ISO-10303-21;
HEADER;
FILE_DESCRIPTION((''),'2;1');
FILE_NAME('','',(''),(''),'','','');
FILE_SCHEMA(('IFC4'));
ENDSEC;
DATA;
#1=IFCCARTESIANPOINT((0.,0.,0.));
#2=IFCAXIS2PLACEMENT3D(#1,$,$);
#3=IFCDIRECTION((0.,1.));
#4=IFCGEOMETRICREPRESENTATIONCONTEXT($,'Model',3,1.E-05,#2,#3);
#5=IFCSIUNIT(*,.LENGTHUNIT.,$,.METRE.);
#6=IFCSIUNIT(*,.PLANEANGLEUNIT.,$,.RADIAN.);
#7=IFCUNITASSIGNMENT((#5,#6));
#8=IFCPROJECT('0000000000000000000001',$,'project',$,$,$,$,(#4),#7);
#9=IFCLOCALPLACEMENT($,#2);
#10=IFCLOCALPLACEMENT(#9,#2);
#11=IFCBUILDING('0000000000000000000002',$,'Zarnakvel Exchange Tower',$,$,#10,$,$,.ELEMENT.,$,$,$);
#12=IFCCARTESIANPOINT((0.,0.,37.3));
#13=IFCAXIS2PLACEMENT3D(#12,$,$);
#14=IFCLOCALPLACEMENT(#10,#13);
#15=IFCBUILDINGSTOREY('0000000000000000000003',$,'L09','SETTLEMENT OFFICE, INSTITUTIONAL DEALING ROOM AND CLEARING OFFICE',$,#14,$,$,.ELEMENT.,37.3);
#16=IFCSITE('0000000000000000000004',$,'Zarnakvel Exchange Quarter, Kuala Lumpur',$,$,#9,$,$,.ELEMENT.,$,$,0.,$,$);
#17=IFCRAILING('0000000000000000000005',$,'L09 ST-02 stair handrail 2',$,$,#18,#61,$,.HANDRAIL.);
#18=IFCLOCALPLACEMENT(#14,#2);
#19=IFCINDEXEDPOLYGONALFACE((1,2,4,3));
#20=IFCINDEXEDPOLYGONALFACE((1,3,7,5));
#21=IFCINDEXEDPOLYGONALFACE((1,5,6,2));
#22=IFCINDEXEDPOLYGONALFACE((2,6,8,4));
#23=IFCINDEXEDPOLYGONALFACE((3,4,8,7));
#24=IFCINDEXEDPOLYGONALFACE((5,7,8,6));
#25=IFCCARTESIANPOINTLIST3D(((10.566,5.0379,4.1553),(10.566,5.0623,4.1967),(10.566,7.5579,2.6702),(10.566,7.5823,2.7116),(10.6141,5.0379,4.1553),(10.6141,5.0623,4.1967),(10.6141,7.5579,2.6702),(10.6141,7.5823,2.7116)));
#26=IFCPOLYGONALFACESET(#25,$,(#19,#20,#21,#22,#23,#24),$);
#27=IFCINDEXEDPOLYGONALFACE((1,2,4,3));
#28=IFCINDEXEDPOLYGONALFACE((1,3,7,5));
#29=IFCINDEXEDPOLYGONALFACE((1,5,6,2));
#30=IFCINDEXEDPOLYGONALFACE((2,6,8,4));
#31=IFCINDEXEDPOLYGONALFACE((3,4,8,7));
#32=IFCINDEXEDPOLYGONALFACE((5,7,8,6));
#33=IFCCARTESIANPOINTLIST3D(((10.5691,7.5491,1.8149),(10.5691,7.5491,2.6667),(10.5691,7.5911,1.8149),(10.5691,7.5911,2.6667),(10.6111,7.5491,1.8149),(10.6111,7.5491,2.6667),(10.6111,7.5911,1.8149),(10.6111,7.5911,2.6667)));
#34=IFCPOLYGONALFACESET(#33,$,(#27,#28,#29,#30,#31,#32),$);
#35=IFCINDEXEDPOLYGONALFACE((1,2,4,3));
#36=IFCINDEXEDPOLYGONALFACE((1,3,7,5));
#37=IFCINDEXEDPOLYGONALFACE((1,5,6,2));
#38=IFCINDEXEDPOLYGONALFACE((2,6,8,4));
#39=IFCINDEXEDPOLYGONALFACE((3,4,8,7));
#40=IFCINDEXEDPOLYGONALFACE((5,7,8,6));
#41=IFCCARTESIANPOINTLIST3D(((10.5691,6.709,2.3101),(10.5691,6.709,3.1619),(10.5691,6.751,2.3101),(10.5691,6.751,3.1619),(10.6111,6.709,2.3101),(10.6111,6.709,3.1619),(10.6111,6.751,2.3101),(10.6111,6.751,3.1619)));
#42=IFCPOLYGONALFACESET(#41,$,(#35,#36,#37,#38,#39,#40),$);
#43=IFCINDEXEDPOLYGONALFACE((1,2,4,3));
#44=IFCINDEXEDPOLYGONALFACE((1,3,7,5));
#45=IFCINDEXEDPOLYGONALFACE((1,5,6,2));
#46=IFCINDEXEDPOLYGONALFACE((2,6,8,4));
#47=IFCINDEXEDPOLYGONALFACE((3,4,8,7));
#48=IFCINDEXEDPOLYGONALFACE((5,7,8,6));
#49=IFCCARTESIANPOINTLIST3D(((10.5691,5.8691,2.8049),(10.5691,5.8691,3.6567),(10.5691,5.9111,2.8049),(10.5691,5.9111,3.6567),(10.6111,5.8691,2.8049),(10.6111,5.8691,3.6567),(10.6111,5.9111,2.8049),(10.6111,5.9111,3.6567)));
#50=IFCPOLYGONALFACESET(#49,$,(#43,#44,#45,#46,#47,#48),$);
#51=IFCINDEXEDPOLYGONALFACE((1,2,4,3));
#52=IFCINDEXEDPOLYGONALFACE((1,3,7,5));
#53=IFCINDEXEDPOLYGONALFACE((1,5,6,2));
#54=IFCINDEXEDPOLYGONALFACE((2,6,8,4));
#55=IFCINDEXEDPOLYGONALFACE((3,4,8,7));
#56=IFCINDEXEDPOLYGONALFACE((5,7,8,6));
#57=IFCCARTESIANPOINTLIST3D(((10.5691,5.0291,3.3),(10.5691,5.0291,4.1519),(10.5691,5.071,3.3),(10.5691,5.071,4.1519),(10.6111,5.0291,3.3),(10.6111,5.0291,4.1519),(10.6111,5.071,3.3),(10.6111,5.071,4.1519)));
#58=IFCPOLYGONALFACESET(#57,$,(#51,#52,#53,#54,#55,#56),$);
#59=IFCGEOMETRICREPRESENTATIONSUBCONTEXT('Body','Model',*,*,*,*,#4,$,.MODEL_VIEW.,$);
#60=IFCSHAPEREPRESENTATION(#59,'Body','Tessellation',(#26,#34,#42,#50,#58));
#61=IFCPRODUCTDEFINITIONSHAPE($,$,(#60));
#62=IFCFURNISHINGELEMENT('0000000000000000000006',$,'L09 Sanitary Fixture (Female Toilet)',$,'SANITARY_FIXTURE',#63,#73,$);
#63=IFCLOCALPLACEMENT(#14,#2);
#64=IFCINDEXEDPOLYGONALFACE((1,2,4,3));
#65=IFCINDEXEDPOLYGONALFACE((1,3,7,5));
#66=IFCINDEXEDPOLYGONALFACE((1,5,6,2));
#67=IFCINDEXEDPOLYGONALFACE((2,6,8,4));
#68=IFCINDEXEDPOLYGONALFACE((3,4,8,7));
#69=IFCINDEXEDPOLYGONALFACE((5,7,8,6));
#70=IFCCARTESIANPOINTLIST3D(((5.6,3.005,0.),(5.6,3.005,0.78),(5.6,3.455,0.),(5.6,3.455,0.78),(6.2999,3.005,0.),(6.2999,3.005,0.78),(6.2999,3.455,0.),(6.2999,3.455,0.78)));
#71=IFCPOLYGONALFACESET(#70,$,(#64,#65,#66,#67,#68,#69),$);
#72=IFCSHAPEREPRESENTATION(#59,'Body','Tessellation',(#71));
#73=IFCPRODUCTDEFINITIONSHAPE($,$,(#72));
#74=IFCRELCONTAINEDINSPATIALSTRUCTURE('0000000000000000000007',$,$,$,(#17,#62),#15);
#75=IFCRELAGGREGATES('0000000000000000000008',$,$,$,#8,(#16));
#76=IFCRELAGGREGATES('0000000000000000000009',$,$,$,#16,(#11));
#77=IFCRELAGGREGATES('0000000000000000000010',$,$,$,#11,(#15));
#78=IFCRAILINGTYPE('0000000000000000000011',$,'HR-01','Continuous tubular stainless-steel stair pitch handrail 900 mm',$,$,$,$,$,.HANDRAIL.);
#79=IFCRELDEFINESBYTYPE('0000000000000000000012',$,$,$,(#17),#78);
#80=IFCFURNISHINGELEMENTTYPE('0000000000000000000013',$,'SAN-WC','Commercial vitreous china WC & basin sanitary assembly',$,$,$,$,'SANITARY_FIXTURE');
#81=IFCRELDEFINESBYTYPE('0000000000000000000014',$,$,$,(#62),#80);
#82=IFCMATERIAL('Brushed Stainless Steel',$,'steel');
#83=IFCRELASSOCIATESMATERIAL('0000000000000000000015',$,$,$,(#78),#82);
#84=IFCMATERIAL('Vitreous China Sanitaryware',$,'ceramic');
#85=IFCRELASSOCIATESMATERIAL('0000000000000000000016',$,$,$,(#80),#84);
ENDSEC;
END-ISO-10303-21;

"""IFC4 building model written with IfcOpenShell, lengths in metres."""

from ifc_helpers import new_model, si_unit, direction, frame, origin, origin_2d, place, context, subcontext, project, spatial, rectangle, extrude, source, transform, mapped, material, type_object, element, save


model = new_model("IFC4")

# Units and contexts
model_context = context("Model", 3, precision=1e-05, world=origin(), true_north=direction((0.0, 1.0)))
body_context = subcontext(model_context, "Body", "Model", "MODEL_VIEW")
ifc_project = project(units=[si_unit("LENGTHUNIT", "METRE"), si_unit("PLANEANGLEUNIT", "RADIAN")], contexts=[model_context])

# Site, building, storey
site_placement = place(None, origin())
site = spatial("IfcSite", under=ifc_project, at=site_placement, Name="Zarnakvel Exchange Quarter, Kuala Lumpur", CompositionType="ELEMENT", RefElevation=0.0)
building_placement = place(site_placement, origin())
building = spatial("IfcBuilding", under=site, at=building_placement, Name="Zarnakvel Exchange Tower", CompositionType="ELEMENT")
storey_placement = place(building_placement, frame((0.0, 0.0, 37.3)))
storey = spatial("IfcBuildingStorey", under=building, at=storey_placement, Name="L09", Description="SETTLEMENT OFFICE, INSTITUTIONAL DEALING ROOM AND CLEARING OFFICE", CompositionType="ELEMENT", Elevation=37.3)

# Shared definitions
ifc_material_1 = material(Name="Brushed Stainless Steel", Category="steel")

# Railing
railing_type = type_object("IfcRailingType", Name="HR-01", Description="Continuous tubular stainless-steel stair pitch handrail 900 mm", PredefinedType="HANDRAIL", material=ifc_material_1)
railing_placement = place(storey_placement, frame((10.5901, 7.5701, 1.8149)))
element("IfcRailing", 1, at=railing_placement, inside=storey, type_object=railing_type, Name="L09 ST-02 stair handrail 2", PredefinedType="HANDRAIL", context=body_context, shape_type="SweptSolid", body=[
    extrude(rectangle(XDim=0.0481, YDim=0.0481, at=origin_2d()), frame((0.0, 0.0, 0.876), z_axis=(0.0, -0.861524, 0.507717), x_axis=(1.0, 0.0, 0.0)), (0.0, 0.0, 1.0), 2.925),
    extrude(rectangle(XDim=0.042, YDim=0.042, at=origin_2d()), origin(), (0.0, 0.0, 1.0), 0.8518),
    extrude(rectangle(XDim=0.042, YDim=0.042, at=origin_2d()), frame((0.0, -0.8401, 0.4951)), (0.0, 0.0, 1.0), 0.8518),
    extrude(rectangle(XDim=0.042, YDim=0.042, at=origin_2d()), frame((0.0, -1.6799, 0.99)), (0.0, 0.0, 1.0), 0.8518),
    extrude(rectangle(XDim=0.042, YDim=0.042, at=origin_2d()), frame((0.0, -2.52, 1.4851)), (0.0, 0.0, 1.0), 0.8518),
])

# Furnishing element
ifc_material_2 = material(Name="Vitreous China Sanitaryware", Category="ceramic")
furnishing_element_type = type_object("IfcFurnishingElementType", Name="SAN-WC", Description="Commercial vitreous china WC & basin sanitary assembly", ElementType="SANITARY_FIXTURE", material=ifc_material_2)
shared_shape_1 = source(origin(), body_context, "Body", "SweptSolid", [
    extrude(rectangle(XDim=0.7, YDim=0.45, at=origin_2d()), origin(), (0.0, 0.0, 1.0), 0.78),
])
furnishing_placement = place(storey_placement, frame((5.95, 3.23, 0.0), z_axis=(0.0, 0.0, 1.0), x_axis=(1.0, 0.0, 0.0)))
element("IfcFurnishingElement", 2, at=furnishing_placement, inside=storey, type_object=furnishing_element_type, Name="L09 Sanitary Fixture (Female Toilet)", ObjectType="SANITARY_FIXTURE", context=body_context, shape_type="MappedRepresentation", body=[
    mapped(shared_shape_1, transform((0.0, 0.0, 0.0), x_axis=(1.0, 0.0, 0.0), y_axis=(0.0, 1.0, 0.0), z_axis=(0.0, 0.0, 1.0), scale=1.0)),
])

save(model, "model.ifc")
